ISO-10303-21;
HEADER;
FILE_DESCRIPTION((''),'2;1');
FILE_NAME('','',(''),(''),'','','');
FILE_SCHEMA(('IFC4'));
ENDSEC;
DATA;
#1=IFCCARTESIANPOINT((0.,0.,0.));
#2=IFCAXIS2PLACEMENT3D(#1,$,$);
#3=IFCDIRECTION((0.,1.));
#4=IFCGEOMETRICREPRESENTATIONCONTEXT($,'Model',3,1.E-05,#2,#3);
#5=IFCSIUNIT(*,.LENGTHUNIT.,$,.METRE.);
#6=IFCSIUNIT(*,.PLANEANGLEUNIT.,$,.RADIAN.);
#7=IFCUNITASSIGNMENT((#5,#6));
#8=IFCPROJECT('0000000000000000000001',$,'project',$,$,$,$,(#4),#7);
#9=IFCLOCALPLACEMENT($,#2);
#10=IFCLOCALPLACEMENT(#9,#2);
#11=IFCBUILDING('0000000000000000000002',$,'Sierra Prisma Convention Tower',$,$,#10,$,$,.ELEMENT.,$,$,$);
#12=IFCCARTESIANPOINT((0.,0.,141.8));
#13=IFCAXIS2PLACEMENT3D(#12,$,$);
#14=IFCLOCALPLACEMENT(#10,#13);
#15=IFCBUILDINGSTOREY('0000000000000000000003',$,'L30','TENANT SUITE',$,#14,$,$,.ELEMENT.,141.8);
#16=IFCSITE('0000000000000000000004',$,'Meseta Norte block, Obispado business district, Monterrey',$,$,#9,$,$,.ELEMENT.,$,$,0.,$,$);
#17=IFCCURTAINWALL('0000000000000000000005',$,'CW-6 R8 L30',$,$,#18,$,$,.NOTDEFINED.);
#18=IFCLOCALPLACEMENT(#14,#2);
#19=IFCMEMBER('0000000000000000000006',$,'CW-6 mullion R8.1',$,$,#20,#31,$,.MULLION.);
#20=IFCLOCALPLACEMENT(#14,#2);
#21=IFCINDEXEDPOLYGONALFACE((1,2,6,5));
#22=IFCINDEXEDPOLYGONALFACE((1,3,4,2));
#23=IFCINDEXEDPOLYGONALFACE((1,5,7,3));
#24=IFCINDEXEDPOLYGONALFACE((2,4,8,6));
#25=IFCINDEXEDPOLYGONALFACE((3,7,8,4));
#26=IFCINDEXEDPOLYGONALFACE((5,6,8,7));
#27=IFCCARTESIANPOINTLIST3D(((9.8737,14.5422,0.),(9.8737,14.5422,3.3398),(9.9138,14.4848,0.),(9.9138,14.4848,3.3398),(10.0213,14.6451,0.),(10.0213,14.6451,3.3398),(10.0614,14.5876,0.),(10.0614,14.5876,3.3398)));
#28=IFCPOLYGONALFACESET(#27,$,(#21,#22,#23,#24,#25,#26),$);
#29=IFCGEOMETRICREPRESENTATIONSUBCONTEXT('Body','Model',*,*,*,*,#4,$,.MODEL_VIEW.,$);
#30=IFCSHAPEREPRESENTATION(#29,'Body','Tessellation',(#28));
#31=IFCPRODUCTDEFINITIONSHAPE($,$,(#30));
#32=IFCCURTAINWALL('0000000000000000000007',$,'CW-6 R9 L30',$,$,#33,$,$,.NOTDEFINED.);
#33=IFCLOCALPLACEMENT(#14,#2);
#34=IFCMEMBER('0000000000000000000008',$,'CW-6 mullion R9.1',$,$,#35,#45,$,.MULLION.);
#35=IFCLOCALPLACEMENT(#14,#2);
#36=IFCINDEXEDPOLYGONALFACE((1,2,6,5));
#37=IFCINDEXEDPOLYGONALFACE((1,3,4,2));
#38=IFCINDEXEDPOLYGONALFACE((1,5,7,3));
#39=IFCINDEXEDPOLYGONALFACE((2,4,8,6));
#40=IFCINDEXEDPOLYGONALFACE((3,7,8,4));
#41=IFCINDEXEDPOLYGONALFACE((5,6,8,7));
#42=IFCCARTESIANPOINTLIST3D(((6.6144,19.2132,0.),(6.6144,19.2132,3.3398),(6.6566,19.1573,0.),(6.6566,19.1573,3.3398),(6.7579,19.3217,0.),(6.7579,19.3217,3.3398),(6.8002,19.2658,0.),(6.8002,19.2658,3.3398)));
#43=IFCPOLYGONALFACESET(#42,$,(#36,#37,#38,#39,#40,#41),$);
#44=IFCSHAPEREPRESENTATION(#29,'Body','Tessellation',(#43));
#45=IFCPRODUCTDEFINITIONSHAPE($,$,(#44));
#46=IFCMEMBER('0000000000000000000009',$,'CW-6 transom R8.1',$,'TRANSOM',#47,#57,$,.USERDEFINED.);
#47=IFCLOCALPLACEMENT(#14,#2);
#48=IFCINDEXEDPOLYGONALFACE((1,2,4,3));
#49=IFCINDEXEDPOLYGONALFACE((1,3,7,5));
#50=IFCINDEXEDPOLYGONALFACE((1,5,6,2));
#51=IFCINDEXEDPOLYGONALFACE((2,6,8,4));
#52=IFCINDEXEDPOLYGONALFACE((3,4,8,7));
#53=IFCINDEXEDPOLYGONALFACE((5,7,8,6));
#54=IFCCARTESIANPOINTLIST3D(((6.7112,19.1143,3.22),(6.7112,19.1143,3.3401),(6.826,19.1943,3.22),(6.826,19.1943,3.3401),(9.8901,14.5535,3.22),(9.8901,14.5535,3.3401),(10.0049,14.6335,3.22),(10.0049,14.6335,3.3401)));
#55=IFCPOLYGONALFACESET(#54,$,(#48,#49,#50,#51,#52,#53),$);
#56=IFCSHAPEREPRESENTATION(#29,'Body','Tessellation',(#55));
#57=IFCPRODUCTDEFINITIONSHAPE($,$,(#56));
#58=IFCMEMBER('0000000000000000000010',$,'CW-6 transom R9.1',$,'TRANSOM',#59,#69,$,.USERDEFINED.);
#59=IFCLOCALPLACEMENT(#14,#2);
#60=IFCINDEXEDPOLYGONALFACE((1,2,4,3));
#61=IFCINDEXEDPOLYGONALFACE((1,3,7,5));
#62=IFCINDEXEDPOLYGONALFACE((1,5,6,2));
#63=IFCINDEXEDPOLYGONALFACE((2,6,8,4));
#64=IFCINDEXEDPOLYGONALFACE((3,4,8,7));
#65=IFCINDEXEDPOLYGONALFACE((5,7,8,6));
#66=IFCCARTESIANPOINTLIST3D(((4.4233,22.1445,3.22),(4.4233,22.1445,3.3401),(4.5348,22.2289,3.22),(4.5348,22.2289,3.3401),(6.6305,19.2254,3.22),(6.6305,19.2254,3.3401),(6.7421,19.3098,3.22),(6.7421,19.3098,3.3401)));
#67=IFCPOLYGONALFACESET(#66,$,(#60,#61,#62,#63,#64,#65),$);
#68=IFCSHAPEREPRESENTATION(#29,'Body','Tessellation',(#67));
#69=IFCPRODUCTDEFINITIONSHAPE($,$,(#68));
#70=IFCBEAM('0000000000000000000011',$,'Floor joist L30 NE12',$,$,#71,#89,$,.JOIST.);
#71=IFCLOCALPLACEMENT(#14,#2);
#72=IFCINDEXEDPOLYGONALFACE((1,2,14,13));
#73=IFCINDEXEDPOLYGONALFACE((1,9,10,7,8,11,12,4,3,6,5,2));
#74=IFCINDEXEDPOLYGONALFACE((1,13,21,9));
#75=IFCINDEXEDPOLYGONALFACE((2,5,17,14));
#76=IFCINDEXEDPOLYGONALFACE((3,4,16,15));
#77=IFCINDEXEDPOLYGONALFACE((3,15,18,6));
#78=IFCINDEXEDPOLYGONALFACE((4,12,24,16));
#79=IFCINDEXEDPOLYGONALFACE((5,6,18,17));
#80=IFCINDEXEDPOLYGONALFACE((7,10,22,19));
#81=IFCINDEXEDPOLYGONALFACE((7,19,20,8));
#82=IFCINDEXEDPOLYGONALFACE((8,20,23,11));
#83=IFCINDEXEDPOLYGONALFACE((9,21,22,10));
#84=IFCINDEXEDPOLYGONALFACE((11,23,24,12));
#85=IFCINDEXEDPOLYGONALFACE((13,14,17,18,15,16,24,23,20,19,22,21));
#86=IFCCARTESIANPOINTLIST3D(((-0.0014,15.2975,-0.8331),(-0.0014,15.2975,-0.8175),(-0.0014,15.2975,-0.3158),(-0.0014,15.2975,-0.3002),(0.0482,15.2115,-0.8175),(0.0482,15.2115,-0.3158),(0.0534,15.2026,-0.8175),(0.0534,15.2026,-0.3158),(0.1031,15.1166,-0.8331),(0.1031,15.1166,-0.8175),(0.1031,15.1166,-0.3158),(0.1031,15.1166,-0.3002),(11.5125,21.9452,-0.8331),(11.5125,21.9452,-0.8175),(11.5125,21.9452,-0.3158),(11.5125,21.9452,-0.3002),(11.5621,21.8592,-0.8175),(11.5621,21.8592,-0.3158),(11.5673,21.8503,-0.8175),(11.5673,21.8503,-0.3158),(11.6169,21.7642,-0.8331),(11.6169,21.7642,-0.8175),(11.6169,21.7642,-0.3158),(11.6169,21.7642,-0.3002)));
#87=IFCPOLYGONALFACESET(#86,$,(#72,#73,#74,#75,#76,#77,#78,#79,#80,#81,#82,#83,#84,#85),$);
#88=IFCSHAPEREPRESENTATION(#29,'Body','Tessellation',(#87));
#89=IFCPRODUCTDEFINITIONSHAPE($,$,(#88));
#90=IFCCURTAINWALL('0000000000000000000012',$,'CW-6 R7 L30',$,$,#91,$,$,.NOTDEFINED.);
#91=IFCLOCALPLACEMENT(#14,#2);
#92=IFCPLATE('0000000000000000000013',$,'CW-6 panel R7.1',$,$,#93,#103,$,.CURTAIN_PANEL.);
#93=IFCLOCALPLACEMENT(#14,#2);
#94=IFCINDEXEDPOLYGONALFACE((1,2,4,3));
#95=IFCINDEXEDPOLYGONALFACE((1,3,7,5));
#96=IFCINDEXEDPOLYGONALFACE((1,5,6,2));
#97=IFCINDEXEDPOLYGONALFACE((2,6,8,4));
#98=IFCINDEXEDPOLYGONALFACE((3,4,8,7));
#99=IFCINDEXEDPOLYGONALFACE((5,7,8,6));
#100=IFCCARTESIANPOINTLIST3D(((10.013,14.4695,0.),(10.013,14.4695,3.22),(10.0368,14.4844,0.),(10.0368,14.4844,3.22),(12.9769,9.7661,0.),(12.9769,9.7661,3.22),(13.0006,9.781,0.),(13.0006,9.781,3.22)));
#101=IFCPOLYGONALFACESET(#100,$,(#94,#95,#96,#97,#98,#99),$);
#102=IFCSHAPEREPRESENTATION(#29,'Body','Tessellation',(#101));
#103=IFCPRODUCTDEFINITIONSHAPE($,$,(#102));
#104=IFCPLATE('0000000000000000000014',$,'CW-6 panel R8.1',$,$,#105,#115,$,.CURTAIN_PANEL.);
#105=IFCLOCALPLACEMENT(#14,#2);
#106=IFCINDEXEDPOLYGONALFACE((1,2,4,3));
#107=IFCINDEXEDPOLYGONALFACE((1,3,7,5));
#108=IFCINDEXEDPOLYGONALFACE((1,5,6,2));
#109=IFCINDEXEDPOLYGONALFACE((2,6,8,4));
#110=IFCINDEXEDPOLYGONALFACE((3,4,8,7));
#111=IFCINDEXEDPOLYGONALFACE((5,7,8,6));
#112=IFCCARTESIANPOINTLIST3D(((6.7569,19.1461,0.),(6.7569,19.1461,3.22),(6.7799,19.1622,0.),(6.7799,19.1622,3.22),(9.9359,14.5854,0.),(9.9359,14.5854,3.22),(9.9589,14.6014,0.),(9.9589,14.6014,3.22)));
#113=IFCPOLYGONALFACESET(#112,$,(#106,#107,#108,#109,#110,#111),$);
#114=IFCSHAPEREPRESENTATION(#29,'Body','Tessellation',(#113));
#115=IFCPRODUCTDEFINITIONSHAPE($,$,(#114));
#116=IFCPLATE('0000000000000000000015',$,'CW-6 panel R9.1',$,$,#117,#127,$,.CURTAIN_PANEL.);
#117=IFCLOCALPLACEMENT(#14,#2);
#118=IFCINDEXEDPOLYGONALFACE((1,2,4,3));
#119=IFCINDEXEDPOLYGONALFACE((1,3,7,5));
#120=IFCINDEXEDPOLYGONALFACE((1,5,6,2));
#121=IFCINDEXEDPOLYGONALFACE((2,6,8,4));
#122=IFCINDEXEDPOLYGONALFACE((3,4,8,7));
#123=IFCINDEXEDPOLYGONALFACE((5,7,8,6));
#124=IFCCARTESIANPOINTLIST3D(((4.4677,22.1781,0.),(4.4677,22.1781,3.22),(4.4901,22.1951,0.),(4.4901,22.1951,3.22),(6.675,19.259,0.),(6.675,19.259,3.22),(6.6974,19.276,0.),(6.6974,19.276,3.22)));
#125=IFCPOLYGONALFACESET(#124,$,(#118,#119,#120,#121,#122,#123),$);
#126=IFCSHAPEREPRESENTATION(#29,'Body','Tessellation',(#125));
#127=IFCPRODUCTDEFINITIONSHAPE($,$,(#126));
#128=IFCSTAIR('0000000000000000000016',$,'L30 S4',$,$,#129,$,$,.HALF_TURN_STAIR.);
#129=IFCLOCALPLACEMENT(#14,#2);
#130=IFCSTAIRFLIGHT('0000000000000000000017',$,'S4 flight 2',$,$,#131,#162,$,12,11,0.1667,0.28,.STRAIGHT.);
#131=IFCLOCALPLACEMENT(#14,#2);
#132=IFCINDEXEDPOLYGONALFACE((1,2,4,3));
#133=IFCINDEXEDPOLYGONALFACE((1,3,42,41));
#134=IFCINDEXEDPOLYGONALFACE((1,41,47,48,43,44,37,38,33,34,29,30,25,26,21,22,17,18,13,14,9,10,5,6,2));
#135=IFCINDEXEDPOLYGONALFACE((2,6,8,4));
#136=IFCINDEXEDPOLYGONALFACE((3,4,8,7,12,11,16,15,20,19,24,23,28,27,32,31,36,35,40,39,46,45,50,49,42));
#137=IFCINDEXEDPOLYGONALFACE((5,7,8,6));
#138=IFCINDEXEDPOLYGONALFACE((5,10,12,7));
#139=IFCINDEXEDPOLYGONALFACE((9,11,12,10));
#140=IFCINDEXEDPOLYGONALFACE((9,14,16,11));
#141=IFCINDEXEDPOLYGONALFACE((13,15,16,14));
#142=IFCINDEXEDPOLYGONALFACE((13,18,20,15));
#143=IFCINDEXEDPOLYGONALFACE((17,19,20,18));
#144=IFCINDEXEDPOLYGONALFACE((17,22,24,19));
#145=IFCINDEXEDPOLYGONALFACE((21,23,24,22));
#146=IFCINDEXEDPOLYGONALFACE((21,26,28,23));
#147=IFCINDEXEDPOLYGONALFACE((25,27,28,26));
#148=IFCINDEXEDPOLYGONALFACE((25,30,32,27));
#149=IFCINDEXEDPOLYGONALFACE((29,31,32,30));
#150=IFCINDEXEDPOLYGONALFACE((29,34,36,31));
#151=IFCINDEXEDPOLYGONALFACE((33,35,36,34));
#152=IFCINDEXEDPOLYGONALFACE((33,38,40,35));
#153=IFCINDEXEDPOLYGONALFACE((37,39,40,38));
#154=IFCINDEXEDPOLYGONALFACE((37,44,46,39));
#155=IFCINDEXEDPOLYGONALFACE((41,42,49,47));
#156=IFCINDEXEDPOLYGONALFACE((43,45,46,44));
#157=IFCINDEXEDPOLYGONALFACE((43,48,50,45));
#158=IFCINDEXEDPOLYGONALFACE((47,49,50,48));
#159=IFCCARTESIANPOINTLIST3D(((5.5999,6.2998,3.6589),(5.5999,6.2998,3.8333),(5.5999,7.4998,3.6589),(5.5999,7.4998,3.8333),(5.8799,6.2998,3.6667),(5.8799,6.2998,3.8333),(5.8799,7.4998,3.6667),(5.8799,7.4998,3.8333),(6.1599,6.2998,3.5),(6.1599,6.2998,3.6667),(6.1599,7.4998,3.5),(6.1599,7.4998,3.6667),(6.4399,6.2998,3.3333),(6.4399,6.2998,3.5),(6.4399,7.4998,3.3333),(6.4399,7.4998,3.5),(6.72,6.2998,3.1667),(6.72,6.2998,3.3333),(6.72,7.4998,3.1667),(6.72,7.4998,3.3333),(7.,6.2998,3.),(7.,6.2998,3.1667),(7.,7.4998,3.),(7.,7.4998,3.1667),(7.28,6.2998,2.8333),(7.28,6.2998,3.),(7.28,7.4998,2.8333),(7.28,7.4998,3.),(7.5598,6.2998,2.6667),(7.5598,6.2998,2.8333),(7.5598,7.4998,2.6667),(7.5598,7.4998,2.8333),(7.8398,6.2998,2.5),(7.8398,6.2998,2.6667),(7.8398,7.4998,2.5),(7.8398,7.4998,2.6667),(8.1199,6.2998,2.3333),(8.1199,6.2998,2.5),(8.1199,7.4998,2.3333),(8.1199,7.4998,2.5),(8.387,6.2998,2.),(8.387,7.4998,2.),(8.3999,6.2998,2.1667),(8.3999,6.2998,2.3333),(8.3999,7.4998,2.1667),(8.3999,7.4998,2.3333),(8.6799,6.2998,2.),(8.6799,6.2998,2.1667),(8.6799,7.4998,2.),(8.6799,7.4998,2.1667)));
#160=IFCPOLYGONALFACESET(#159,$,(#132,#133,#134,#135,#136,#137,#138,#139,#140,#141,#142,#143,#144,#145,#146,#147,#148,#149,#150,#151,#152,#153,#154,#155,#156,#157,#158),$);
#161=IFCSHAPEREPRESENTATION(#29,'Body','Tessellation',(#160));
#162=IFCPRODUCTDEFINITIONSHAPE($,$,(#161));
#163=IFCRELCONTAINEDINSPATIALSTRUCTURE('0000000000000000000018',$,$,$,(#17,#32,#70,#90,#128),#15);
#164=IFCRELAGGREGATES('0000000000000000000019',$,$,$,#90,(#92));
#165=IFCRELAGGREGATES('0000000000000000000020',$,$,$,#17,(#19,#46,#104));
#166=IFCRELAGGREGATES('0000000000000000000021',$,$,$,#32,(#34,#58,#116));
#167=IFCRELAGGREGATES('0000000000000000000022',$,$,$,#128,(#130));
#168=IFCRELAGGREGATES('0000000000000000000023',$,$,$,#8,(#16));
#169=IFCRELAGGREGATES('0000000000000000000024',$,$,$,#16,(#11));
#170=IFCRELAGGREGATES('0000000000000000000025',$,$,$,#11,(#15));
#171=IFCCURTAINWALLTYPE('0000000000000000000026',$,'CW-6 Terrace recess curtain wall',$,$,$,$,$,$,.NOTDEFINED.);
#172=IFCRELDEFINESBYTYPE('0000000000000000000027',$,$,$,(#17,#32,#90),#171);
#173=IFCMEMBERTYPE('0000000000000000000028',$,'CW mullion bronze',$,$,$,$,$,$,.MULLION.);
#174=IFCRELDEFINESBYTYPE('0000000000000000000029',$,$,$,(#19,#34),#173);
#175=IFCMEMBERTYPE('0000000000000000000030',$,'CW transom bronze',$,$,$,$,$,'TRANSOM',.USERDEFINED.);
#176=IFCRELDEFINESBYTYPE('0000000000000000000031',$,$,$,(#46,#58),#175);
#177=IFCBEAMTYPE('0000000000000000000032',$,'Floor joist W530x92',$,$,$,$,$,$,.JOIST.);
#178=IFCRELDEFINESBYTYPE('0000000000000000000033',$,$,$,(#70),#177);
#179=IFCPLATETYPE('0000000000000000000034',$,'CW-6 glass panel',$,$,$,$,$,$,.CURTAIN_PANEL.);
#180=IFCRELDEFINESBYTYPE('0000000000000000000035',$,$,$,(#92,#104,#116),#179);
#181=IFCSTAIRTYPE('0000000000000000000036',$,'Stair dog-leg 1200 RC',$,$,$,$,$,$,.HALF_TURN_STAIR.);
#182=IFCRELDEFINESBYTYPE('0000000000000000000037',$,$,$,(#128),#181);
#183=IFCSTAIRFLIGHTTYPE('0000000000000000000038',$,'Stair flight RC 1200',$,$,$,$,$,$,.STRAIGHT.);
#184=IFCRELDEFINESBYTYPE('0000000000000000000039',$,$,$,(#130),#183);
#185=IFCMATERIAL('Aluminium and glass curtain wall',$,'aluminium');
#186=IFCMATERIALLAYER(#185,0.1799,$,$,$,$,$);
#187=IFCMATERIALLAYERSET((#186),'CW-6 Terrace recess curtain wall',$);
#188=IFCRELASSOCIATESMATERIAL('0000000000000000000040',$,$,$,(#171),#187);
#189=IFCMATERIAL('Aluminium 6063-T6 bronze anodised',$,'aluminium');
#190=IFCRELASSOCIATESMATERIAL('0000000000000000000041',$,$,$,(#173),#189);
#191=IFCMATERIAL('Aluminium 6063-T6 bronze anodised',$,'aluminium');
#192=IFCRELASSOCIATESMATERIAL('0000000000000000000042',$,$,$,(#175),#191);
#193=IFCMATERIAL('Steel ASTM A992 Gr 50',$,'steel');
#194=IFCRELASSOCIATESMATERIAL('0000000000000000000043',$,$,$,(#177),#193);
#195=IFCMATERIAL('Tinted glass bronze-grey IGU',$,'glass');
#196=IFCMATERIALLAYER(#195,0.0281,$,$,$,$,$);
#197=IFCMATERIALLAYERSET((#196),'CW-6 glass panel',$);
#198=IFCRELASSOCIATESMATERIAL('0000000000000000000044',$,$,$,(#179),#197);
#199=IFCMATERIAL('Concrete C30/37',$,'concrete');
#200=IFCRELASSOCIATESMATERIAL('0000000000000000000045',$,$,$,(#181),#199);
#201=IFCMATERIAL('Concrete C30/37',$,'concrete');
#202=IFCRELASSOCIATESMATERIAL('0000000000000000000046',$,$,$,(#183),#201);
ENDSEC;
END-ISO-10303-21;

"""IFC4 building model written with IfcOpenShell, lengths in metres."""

from ifc_helpers import new_model, si_unit, direction, frame, origin, origin_2d, place, context, subcontext, project, spatial, polyline, rectangle, i_section, outline, extrude, material, layer, layer_set, material_profile, profile_set, type_object, element, aggregate, save


model = new_model("IFC4")

# Units and contexts
model_context = context("Model", 3, precision=1e-05, world=origin(), true_north=direction((0.0, 1.0)))
body_context = subcontext(model_context, "Body", "Model", "MODEL_VIEW")
ifc_project = project(units=[si_unit("LENGTHUNIT", "METRE"), si_unit("PLANEANGLEUNIT", "RADIAN")], contexts=[model_context])

# Site, building, storey
site_placement = place(None, origin())
site = spatial("IfcSite", under=ifc_project, at=site_placement, Name="Meseta Norte block, Obispado business district, Monterrey", CompositionType="ELEMENT", RefElevation=0.0)
building_placement = place(site_placement, origin())
building = spatial("IfcBuilding", under=site, at=building_placement, Name="Sierra Prisma Convention Tower", CompositionType="ELEMENT")
storey_placement = place(building_placement, frame((0.0, 0.0, 141.8)))
storey = spatial("IfcBuildingStorey", under=building, at=storey_placement, Name="L30", Description="TENANT SUITE", CompositionType="ELEMENT", Elevation=141.8)

# Curtain walls, members
ifc_material_1 = material(Name="Aluminium and glass curtain wall", Category="aluminium")
ifc_layer_1 = layer(ifc_material_1, 0.1799)
ifc_layer_set_1 = layer_set([ifc_layer_1], Name="CW-6 Terrace recess curtain wall")
curtain_wall_type = type_object("IfcCurtainWallType", Name="CW-6 Terrace recess curtain wall", PredefinedType="NOTDEFINED", material=ifc_layer_set_1)
curtain_wall_1_placement = place(storey_placement, origin())
curtain_wall_1 = element("IfcCurtainWall", 1, at=curtain_wall_1_placement, inside=storey, type_object=curtain_wall_type, Name="CW-6 R8 L30", PredefinedType="NOTDEFINED")
ifc_material_2 = material(Name="Aluminium 6063-T6 bronze anodised", Category="aluminium")
ifc_material_profile_1 = material_profile(ifc_material_2, rectangle(XDim=0.1799, YDim=0.0701, at=origin_2d()), Name="ALU MULLION 70x180")
ifc_profile_set_1 = profile_set([ifc_material_profile_1], Name="Aluminium 6063-T6 bronze anodised")
member_type_1 = type_object("IfcMemberType", Name="CW mullion bronze", PredefinedType="MULLION", material=ifc_profile_set_1)
member_1_placement = place(storey_placement, frame((9.9675, 14.5649, 0.0), z_axis=(0.0, 0.0, 1.0), x_axis=(-0.820376, -0.571825, 0.0)))
member_1 = element("IfcMember", 2, at=member_1_placement, type_object=member_type_1, Name="CW-6 mullion R8.1", PredefinedType="MULLION", context=body_context, shape_type="SweptSolid", body=[
    extrude(rectangle(XDim=0.1799, YDim=0.0701, at=origin_2d()), origin(), (0.0, 0.0, 1.0), 3.3398),
])
curtain_wall_2_placement = place(storey_placement, origin())
curtain_wall_2 = element("IfcCurtainWall", 3, at=curtain_wall_2_placement, inside=storey, type_object=curtain_wall_type, Name="CW-6 R9 L30", PredefinedType="NOTDEFINED")
member_2_placement = place(storey_placement, frame((6.7073, 19.2395, 0.0), z_axis=(0.0, 0.0, 1.0), x_axis=(-0.79764, -0.603134, 0.0)))
member_2 = element("IfcMember", 4, at=member_2_placement, type_object=member_type_1, Name="CW-6 mullion R9.1", PredefinedType="MULLION", context=body_context, shape_type="SweptSolid", body=[
    extrude(rectangle(XDim=0.1799, YDim=0.0701, at=origin_2d()), origin(), (0.0, 0.0, 1.0), 3.3398),
])

# Members
ifc_material_3 = material(Name="Aluminium 6063-T6 bronze anodised", Category="aluminium")
ifc_material_profile_2 = material_profile(ifc_material_3, rectangle(XDim=0.1399, YDim=0.1201, at=origin_2d()), Name="ALU TRANSOM 120x140")
ifc_profile_set_2 = profile_set([ifc_material_profile_2], Name="Aluminium 6063-T6 bronze anodised")
member_type_2 = type_object("IfcMemberType", Name="CW transom bronze", ElementType="TRANSOM", PredefinedType="USERDEFINED", material=ifc_profile_set_2)
member_3_placement = place(storey_placement, frame((9.9475, 14.5935, 3.28), z_axis=(-0.57182, 0.820379, 0.0), x_axis=(-0.820379, -0.57182, 0.0)))
member_3 = element("IfcMember", 5, at=member_3_placement, type_object=member_type_2, Name="CW-6 transom R8.1", ObjectType="TRANSOM", PredefinedType="USERDEFINED", context=body_context, shape_type="SweptSolid", body=[
    extrude(rectangle(XDim=0.1399, YDim=0.1201, at=origin_2d()), origin(), (0.0, 0.0, 1.0), 5.5593),
])
member_4_placement = place(storey_placement, frame((6.6863, 19.2676, 3.28), z_axis=(-0.603123, 0.797648, 0.0), x_axis=(-0.797648, -0.603123, 0.0)))
member_4 = element("IfcMember", 6, at=member_4_placement, type_object=member_type_2, Name="CW-6 transom R9.1", ObjectType="TRANSOM", PredefinedType="USERDEFINED", context=body_context, shape_type="SweptSolid", body=[
    extrude(rectangle(XDim=0.1399, YDim=0.1201, at=origin_2d()), origin(), (0.0, 0.0, 1.0), 3.6597),
])

# Beam
ifc_material_4 = material(Name="Steel ASTM A992 Gr 50", Category="steel")
ifc_material_profile_3 = material_profile(ifc_material_4, i_section(OverallWidth=0.209, OverallDepth=0.533, WebThickness=0.0103, FlangeThickness=0.0156, at=origin_2d()), Name="W530x92")
ifc_profile_set_3 = profile_set([ifc_material_profile_3], Name="Steel ASTM A992 Gr 50")
beam_type = type_object("IfcBeamType", Name="Floor joist W530x92", PredefinedType="JOIST", material=ifc_profile_set_3)
beam_placement = place(storey_placement, frame((11.5647, 21.8547, -0.5667), z_axis=(-0.866021, -0.500008, 0.0), x_axis=(0.500008, -0.866021, 0.0)))
element("IfcBeam", 7, at=beam_placement, inside=storey, type_object=beam_type, Name="Floor joist L30 NE12", PredefinedType="JOIST", context=body_context, shape_type="SweptSolid", body=[
    extrude(i_section(OverallWidth=0.209, OverallDepth=0.533, WebThickness=0.0103, FlangeThickness=0.0156, at=origin_2d()), origin(), (0.0, 0.0, 1.0), 13.2952),
])

# Curtain wall, plate
curtain_wall_3_placement = place(storey_placement, origin())
curtain_wall_3 = element("IfcCurtainWall", 8, at=curtain_wall_3_placement, inside=storey, type_object=curtain_wall_type, Name="CW-6 R7 L30", PredefinedType="NOTDEFINED")
ifc_material_5 = material(Name="Tinted glass bronze-grey IGU", Category="glass")
ifc_layer_2 = layer(ifc_material_5, 0.0281)
ifc_layer_set_2 = layer_set([ifc_layer_2], Name="CW-6 glass panel")
plate_type = type_object("IfcPlateType", Name="CW-6 glass panel", PredefinedType="CURTAIN_PANEL", material=ifc_layer_set_2)
plate_1_placement = place(storey_placement, frame((11.5068, 12.1252, 0.0), z_axis=(0.0, 0.0, 1.0), x_axis=(-0.533129, 0.846034, 0.0)))
plate_1 = element("IfcPlate", 9, at=plate_1_placement, type_object=plate_type, Name="CW-6 panel R7.1", PredefinedType="CURTAIN_PANEL", context=body_context, shape_type="SweptSolid", body=[
    extrude(rectangle(XDim=5.5593, YDim=0.0281, at=origin_2d()), origin(), (0.0, 0.0, 1.0), 3.22),
])
aggregate(curtain_wall_3, [plate_1])

# Plates
plate_2_placement = place(storey_placement, frame((8.3579, 16.8738, 0.0), z_axis=(0.0, 0.0, 1.0), x_axis=(-0.571825, 0.820376, 0.0)))
plate_2 = element("IfcPlate", 10, at=plate_2_placement, type_object=plate_type, Name="CW-6 panel R8.1", PredefinedType="CURTAIN_PANEL", context=body_context, shape_type="SweptSolid", body=[
    extrude(rectangle(XDim=5.5593, YDim=0.0281, at=origin_2d()), origin(), (0.0, 0.0, 1.0), 3.22),
])
aggregate(curtain_wall_1, [member_1, member_3, plate_2])
plate_3_placement = place(storey_placement, frame((5.5825, 20.7271, 0.0), z_axis=(0.0, 0.0, 1.0), x_axis=(-0.603134, 0.79764, 0.0)))
plate_3 = element("IfcPlate", 11, at=plate_3_placement, type_object=plate_type, Name="CW-6 panel R9.1", PredefinedType="CURTAIN_PANEL", context=body_context, shape_type="SweptSolid", body=[
    extrude(rectangle(XDim=3.6597, YDim=0.0281, at=origin_2d()), origin(), (0.0, 0.0, 1.0), 3.22),
])
aggregate(curtain_wall_2, [member_2, member_4, plate_3])

# Stair, stair flight
ifc_material_6 = material(Name="Concrete C30/37", Category="concrete")
stair_type = type_object("IfcStairType", Name="Stair dog-leg 1200 RC", PredefinedType="HALF_TURN_STAIR", material=ifc_material_6)
stair_placement = place(storey_placement, origin())
stair = element("IfcStair", 12, at=stair_placement, inside=storey, type_object=stair_type, Name="L30 S4", PredefinedType="HALF_TURN_STAIR")
ifc_material_7 = material(Name="Concrete C30/37", Category="concrete")
stair_flight_type = type_object("IfcStairFlightType", Name="Stair flight RC 1200", PredefinedType="STRAIGHT", material=ifc_material_7)
stair_flight_placement = place(storey_placement, frame((8.6799, 6.8999, 2.0), z_axis=(0.0, 0.0, 1.0), x_axis=(-1.0, 0.0, 0.0)))
stair_flight = element("IfcStairFlight", 13, at=stair_flight_placement, type_object=stair_flight_type, Name="S4 flight 2", NumberOfRisers=12, NumberOfTreads=11, PredefinedType="STRAIGHT", RiserHeight=0.1667, TreadLength=0.28, context=body_context, shape_type="SweptSolid", body=[
    extrude(outline(polyline([(0.0, 0.0), (0.0, 0.1667), (0.28, 0.1667), (0.28, 0.3333), (0.5601, 0.3333), (0.5601, 0.5), (0.8401, 0.5), (0.8401, 0.6667), (1.1201, 0.6667), (1.1201, 0.8333), (1.3999, 0.8333), (1.3999, 1.0), (1.6799, 1.0), (1.6799, 1.1667), (1.96, 1.1667), (1.96, 1.3333), (2.24, 1.3333), (2.24, 1.5), (2.52, 1.5), (2.52, 1.6667), (2.8, 1.6667), (2.8, 1.8333), (3.0801, 1.8333), (3.0801, 2.0), (3.0801, 1.6589), (0.293, 0.0), (0.0, 0.0)])), frame((0.0, 0.6001, 0.0), z_axis=(0.0, -1.0, 0.0), x_axis=(1.0, 0.0, 0.0)), (0.0, 0.0, 1.0), 1.2),
])
aggregate(stair, [stair_flight])

save(model, "model.ifc")
